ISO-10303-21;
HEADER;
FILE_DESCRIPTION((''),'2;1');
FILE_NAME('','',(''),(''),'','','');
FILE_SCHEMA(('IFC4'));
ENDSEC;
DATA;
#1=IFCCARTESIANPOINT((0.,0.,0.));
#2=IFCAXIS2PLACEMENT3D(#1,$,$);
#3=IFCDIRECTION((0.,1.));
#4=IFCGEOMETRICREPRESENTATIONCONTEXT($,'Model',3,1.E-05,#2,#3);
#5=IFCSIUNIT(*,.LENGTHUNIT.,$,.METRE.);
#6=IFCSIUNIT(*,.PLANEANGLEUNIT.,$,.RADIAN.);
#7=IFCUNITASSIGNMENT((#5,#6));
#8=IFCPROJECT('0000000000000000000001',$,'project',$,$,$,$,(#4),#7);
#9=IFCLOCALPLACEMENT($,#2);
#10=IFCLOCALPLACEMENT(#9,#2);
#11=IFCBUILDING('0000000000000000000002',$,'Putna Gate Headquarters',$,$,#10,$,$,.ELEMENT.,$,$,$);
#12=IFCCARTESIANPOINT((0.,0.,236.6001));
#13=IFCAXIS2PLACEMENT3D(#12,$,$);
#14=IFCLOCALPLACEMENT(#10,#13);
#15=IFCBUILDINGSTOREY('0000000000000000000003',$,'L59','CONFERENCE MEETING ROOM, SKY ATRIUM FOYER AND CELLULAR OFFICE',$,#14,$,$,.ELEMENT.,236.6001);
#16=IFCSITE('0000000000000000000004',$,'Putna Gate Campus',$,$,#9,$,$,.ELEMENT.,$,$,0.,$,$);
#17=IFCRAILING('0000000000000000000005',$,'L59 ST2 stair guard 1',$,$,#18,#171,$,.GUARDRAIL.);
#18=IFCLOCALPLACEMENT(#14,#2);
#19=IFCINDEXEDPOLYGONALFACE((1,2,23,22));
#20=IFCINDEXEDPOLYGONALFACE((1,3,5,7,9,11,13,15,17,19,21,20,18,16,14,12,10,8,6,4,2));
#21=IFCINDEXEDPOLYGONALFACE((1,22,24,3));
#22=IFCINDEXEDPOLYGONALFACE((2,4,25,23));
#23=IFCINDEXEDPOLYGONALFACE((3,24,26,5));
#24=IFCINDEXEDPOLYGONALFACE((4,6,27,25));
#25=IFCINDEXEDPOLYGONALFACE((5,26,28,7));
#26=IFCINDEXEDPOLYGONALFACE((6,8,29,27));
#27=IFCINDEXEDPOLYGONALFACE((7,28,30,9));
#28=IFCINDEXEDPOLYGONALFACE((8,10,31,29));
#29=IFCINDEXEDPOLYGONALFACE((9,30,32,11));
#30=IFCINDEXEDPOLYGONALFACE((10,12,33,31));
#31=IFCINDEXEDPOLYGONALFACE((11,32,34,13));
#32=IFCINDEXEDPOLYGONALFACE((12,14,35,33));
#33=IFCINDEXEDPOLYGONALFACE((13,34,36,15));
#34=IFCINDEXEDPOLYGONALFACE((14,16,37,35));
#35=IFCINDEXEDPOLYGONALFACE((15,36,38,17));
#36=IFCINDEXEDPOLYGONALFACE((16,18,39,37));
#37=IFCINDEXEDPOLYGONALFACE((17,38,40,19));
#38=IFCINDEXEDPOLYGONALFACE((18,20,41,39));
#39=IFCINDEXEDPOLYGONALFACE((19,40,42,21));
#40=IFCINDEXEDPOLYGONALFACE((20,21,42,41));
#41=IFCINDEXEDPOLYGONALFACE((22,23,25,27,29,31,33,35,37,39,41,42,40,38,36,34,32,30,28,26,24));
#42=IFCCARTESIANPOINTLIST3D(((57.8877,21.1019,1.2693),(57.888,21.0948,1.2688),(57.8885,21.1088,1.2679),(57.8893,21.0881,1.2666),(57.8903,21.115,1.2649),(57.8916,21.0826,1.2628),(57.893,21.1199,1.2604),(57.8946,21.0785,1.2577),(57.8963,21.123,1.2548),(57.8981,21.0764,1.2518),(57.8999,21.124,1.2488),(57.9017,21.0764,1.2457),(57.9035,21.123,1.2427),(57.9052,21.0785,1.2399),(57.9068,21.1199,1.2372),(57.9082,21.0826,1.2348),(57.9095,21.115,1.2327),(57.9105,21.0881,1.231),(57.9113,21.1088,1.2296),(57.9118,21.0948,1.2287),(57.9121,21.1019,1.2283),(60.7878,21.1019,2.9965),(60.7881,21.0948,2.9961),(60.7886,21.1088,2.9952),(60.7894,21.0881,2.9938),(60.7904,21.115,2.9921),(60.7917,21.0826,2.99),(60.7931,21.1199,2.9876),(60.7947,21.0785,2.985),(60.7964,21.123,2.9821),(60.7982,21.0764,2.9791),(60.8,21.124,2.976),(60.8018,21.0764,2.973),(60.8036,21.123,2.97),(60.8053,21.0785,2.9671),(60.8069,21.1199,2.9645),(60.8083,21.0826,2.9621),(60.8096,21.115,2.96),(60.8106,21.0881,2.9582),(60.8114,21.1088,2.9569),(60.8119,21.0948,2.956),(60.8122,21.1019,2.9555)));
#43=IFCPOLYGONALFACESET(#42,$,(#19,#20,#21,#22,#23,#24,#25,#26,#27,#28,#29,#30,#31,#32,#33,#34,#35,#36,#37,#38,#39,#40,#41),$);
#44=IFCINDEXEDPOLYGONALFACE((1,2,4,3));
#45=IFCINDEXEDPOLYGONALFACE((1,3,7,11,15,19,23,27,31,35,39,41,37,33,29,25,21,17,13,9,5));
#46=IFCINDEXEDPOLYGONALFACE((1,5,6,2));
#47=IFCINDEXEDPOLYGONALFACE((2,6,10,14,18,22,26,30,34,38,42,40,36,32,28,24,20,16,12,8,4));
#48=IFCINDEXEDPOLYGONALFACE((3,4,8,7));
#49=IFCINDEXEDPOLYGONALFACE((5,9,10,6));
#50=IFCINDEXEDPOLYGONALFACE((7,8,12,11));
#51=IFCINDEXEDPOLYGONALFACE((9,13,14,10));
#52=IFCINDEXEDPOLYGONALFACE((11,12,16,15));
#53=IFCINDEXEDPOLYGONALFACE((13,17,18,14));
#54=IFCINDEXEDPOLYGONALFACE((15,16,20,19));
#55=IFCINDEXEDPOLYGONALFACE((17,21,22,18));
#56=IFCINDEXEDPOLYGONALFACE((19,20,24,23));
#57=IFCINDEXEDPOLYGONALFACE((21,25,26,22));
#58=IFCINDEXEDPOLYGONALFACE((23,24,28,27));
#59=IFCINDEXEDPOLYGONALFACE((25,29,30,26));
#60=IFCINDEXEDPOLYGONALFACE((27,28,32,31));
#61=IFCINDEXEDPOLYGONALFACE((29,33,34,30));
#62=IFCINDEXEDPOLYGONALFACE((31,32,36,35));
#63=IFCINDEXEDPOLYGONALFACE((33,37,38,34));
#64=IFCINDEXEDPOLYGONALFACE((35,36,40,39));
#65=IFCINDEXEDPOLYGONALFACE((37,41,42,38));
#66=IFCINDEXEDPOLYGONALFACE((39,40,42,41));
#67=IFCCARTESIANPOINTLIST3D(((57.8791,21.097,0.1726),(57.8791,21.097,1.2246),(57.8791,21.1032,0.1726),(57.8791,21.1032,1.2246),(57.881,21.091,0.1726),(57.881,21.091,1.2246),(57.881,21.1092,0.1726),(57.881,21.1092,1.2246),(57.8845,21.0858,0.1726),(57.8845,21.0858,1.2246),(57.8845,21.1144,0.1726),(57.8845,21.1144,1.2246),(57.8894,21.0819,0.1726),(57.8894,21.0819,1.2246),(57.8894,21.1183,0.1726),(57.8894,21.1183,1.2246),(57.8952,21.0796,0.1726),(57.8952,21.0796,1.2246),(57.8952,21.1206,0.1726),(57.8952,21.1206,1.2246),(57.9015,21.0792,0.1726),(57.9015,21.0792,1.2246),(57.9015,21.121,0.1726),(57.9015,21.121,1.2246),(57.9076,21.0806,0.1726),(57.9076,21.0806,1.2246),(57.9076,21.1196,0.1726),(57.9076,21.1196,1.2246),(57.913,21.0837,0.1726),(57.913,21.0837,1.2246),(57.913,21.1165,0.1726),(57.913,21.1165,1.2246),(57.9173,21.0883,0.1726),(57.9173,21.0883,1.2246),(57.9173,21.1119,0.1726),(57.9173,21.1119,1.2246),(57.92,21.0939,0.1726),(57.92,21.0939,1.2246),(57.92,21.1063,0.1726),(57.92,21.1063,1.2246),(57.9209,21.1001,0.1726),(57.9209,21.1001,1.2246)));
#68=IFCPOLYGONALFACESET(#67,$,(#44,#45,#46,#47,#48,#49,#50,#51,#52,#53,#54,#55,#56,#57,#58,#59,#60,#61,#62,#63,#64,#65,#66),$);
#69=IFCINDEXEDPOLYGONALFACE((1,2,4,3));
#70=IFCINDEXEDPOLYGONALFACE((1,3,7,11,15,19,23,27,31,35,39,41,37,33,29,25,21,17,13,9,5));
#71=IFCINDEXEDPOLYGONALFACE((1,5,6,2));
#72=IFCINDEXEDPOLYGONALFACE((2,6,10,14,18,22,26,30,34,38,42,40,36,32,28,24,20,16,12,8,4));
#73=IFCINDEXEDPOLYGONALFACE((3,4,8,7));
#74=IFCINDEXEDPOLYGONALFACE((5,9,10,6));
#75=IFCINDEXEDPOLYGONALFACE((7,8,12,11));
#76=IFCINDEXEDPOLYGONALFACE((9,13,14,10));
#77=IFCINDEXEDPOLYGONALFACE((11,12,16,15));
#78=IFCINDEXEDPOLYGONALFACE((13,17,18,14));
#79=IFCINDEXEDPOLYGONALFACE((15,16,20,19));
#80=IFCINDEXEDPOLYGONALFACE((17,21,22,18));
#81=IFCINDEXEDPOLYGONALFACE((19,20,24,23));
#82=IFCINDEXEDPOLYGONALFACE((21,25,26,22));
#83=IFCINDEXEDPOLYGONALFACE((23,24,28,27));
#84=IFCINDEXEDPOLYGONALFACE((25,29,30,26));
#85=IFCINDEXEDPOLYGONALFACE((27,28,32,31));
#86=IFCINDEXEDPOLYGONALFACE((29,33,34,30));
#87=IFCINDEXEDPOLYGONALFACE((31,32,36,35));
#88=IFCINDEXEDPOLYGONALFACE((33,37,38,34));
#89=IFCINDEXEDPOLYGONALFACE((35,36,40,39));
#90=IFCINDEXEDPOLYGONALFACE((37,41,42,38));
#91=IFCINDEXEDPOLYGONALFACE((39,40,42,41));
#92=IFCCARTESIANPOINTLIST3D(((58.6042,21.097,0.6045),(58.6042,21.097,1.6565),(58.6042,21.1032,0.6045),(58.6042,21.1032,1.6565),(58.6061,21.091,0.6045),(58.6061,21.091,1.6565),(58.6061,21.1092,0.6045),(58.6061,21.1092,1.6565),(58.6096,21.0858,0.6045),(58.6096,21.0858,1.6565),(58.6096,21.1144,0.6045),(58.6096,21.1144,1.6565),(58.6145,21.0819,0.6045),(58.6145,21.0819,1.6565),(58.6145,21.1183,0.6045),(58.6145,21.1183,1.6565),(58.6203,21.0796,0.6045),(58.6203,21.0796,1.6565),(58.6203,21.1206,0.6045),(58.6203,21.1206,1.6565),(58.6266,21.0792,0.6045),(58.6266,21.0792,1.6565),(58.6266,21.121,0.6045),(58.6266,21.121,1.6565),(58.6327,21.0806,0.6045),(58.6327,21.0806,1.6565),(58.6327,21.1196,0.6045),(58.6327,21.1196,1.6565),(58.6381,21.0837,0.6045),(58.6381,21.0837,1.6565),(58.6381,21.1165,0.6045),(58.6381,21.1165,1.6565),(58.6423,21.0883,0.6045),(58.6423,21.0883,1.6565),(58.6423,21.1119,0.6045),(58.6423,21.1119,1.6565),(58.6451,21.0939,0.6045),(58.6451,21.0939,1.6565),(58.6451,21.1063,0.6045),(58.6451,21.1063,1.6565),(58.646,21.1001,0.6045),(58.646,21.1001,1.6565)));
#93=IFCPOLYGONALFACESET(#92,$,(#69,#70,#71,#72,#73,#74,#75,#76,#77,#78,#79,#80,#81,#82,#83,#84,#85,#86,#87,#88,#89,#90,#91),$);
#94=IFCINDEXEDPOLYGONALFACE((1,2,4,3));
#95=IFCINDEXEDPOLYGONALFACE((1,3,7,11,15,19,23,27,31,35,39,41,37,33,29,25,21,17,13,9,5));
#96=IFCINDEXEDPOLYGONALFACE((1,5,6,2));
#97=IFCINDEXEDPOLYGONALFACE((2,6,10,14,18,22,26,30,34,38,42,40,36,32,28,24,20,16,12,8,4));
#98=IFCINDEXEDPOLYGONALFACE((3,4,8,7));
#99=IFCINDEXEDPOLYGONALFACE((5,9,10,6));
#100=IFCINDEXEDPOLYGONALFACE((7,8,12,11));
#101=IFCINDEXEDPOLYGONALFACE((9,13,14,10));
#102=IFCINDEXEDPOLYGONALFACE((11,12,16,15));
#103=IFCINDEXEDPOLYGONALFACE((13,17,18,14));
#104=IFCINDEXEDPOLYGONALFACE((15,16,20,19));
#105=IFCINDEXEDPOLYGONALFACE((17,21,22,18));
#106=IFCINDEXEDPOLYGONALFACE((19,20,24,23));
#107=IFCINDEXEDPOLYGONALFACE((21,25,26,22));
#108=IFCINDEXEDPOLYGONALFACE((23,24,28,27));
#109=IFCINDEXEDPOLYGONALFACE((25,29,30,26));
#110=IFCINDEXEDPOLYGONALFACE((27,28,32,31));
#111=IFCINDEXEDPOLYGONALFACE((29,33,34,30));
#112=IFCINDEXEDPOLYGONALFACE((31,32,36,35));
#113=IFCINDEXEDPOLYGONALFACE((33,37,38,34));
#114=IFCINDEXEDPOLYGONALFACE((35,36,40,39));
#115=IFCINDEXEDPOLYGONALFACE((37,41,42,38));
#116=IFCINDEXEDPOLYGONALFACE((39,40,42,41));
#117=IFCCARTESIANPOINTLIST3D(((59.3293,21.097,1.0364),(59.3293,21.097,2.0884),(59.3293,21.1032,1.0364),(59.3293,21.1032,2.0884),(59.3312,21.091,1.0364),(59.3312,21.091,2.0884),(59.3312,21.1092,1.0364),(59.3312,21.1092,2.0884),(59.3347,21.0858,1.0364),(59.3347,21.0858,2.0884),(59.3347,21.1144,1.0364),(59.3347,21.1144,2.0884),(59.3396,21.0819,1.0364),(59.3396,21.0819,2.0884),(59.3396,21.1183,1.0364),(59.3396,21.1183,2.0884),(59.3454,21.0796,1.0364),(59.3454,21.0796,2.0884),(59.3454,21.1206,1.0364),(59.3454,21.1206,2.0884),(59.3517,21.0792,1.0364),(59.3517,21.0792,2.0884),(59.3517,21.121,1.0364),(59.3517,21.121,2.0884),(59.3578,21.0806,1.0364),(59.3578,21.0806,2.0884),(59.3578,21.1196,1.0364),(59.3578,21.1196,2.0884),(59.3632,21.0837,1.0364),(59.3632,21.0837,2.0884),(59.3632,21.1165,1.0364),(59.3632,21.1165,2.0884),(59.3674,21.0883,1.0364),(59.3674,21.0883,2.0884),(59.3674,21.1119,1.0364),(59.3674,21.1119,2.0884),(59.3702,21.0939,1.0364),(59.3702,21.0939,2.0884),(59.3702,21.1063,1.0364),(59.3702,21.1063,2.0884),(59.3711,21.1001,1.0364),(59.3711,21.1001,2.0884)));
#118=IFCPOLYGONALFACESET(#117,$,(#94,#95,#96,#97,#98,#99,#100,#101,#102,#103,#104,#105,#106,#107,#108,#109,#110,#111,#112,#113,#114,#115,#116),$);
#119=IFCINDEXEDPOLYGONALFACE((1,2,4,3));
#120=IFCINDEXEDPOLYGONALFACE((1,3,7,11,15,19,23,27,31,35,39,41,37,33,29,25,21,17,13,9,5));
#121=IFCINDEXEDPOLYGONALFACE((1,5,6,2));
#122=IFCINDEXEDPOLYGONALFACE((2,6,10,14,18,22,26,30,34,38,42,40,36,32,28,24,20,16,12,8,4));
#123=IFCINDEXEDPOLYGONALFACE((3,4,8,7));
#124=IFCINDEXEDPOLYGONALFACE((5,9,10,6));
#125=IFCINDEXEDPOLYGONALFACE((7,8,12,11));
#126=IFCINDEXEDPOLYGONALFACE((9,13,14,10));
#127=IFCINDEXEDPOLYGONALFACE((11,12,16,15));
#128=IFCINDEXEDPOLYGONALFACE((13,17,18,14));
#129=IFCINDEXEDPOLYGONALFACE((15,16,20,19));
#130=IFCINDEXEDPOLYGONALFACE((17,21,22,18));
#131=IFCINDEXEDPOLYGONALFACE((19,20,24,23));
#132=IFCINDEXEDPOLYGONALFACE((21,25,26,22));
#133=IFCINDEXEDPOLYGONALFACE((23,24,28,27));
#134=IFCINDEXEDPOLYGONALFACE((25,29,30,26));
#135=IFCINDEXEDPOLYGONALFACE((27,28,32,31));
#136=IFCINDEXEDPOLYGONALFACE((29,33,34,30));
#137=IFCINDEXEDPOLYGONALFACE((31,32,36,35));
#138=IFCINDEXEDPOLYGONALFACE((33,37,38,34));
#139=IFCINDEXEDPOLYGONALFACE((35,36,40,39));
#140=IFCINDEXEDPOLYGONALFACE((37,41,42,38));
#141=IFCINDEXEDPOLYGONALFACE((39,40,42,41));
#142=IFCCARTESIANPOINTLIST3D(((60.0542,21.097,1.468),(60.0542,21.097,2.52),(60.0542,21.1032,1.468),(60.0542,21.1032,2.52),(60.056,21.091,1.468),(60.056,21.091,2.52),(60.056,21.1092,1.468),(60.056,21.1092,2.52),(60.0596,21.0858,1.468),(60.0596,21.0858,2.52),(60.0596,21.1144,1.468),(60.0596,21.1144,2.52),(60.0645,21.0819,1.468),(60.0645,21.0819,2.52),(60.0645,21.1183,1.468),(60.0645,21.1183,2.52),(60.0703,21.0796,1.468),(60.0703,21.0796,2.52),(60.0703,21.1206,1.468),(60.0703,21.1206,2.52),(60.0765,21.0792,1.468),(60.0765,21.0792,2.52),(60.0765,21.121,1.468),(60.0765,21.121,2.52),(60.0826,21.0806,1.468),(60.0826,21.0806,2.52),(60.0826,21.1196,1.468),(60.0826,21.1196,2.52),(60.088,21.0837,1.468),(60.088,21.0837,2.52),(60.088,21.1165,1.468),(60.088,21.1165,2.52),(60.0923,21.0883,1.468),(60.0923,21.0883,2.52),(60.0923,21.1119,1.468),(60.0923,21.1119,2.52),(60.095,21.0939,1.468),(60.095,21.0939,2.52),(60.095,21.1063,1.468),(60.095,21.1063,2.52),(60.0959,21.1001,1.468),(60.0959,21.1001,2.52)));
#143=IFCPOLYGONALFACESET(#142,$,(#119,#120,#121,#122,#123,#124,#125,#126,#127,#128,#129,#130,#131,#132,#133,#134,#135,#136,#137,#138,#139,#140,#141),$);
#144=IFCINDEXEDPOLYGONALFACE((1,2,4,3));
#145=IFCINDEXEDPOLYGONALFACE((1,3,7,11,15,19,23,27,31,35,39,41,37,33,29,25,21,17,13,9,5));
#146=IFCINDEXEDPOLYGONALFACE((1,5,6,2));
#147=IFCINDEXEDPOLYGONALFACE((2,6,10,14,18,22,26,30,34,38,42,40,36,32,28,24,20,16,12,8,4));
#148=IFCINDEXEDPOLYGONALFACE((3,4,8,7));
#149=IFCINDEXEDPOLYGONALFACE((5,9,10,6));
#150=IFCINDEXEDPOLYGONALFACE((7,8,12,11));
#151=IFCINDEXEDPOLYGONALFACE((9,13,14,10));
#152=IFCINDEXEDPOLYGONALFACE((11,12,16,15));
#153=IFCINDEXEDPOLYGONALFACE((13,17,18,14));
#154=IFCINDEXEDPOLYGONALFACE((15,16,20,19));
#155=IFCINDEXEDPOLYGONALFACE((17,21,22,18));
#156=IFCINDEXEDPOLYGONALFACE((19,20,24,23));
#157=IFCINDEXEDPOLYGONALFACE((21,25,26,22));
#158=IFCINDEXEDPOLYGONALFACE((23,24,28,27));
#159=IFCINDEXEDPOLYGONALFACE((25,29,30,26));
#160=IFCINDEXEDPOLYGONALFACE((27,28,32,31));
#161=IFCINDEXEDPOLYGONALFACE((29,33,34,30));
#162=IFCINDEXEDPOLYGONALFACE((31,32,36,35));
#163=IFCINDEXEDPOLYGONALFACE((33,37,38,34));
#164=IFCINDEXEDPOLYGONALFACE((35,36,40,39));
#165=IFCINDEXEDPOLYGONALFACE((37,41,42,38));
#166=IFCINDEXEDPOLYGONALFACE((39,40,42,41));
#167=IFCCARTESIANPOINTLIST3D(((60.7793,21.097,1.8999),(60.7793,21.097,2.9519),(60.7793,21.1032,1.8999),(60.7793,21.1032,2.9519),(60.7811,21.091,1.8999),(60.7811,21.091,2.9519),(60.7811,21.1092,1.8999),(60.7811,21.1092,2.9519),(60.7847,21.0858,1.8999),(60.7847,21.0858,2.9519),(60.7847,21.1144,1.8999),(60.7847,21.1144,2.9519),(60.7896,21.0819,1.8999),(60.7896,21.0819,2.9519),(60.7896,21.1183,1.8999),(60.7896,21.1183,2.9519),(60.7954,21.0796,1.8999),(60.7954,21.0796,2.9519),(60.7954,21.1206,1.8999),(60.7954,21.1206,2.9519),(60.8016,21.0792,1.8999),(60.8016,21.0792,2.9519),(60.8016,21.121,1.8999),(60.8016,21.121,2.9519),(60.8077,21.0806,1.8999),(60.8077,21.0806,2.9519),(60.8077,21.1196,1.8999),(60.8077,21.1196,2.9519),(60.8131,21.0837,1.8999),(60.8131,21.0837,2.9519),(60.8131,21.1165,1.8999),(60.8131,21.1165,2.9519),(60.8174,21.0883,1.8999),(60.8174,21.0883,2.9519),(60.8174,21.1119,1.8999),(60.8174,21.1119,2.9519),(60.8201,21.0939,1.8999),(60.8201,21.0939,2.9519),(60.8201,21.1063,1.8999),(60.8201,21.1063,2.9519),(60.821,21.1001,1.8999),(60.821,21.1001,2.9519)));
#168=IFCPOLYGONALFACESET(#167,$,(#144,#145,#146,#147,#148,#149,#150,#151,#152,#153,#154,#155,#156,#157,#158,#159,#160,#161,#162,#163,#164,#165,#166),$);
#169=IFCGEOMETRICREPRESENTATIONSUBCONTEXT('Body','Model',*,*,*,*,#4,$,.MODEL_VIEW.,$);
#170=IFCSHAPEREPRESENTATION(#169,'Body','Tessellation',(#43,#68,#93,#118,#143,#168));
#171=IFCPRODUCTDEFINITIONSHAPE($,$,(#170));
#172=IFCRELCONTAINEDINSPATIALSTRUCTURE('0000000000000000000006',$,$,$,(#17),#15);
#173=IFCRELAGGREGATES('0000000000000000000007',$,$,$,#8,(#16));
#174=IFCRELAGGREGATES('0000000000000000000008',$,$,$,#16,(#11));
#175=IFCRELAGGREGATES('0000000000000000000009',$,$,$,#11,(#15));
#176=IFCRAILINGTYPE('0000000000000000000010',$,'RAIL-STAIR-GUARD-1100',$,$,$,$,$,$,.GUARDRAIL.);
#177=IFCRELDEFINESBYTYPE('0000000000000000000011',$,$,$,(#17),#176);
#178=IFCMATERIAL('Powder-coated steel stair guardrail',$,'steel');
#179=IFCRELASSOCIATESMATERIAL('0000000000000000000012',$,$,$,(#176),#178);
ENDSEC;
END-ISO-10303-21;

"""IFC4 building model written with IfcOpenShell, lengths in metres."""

from ifc_helpers import new_model, si_unit, direction, frame, origin, origin_2d, place, context, subcontext, project, spatial, circle, extrude, material, type_object, element, save


model = new_model("IFC4")

# Units and contexts
model_context = context("Model", 3, precision=1e-05, world=origin(), true_north=direction((0.0, 1.0)))
body_context = subcontext(model_context, "Body", "Model", "MODEL_VIEW")
ifc_project = project(units=[si_unit("LENGTHUNIT", "METRE"), si_unit("PLANEANGLEUNIT", "RADIAN")], contexts=[model_context])

# Site, building, storey
site_placement = place(None, origin())
site = spatial("IfcSite", under=ifc_project, at=site_placement, Name="Putna Gate Campus", CompositionType="ELEMENT", RefElevation=0.0)
building_placement = place(site_placement, origin())
building = spatial("IfcBuilding", under=site, at=building_placement, Name="Putna Gate Headquarters", CompositionType="ELEMENT")
storey_placement = place(building_placement, frame((0.0, 0.0, 236.6001)))
storey = spatial("IfcBuildingStorey", under=building, at=storey_placement, Name="L59", Description="CONFERENCE MEETING ROOM, SKY ATRIUM FOYER AND CELLULAR OFFICE", CompositionType="ELEMENT", Elevation=236.6001)

# Railing
ifc_material_1 = material(Name="Powder-coated steel stair guardrail", Category="steel")
railing_type_1 = type_object("IfcRailingType", Name="RAIL-STAIR-GUARD-1100", PredefinedType="GUARDRAIL", material=ifc_material_1)
railing_1_placement = place(storey_placement, frame((57.8999, 21.1001, 0.1726)))
element("IfcRailing", 1, at=railing_1_placement, inside=storey, type_object=railing_type_1, Name="L59 ST2 stair guard 1", PredefinedType="GUARDRAIL", context=body_context, shape_type="SweptSolid", body=[
    extrude(circle(Radius=0.0239, at=origin_2d()), frame((0.0, 0.0, 1.0762), z_axis=(0.85916, 0.0, 0.511706), x_axis=(0.0, 1.0, 0.0)), (0.0, 0.0, 1.0), 3.3755),
    extrude(circle(Radius=0.021, at=origin_2d()), origin(), (0.0, 0.0, 1.0), 1.052),
    extrude(circle(Radius=0.021, at=origin_2d()), frame((0.7251, 0.0, 0.4319)), (0.0, 0.0, 1.0), 1.052),
    extrude(circle(Radius=0.021, at=origin_2d()), frame((1.4502, 0.0, 0.8638)), (0.0, 0.0, 1.0), 1.052),
    extrude(circle(Radius=0.021, at=origin_2d()), frame((2.175, 0.0, 1.2954)), (0.0, 0.0, 1.0), 1.052),
    extrude(circle(Radius=0.021, at=origin_2d()), frame((2.9001, 0.0, 1.7273)), (0.0, 0.0, 1.0), 1.052),
])

save(model, "model.ifc")
